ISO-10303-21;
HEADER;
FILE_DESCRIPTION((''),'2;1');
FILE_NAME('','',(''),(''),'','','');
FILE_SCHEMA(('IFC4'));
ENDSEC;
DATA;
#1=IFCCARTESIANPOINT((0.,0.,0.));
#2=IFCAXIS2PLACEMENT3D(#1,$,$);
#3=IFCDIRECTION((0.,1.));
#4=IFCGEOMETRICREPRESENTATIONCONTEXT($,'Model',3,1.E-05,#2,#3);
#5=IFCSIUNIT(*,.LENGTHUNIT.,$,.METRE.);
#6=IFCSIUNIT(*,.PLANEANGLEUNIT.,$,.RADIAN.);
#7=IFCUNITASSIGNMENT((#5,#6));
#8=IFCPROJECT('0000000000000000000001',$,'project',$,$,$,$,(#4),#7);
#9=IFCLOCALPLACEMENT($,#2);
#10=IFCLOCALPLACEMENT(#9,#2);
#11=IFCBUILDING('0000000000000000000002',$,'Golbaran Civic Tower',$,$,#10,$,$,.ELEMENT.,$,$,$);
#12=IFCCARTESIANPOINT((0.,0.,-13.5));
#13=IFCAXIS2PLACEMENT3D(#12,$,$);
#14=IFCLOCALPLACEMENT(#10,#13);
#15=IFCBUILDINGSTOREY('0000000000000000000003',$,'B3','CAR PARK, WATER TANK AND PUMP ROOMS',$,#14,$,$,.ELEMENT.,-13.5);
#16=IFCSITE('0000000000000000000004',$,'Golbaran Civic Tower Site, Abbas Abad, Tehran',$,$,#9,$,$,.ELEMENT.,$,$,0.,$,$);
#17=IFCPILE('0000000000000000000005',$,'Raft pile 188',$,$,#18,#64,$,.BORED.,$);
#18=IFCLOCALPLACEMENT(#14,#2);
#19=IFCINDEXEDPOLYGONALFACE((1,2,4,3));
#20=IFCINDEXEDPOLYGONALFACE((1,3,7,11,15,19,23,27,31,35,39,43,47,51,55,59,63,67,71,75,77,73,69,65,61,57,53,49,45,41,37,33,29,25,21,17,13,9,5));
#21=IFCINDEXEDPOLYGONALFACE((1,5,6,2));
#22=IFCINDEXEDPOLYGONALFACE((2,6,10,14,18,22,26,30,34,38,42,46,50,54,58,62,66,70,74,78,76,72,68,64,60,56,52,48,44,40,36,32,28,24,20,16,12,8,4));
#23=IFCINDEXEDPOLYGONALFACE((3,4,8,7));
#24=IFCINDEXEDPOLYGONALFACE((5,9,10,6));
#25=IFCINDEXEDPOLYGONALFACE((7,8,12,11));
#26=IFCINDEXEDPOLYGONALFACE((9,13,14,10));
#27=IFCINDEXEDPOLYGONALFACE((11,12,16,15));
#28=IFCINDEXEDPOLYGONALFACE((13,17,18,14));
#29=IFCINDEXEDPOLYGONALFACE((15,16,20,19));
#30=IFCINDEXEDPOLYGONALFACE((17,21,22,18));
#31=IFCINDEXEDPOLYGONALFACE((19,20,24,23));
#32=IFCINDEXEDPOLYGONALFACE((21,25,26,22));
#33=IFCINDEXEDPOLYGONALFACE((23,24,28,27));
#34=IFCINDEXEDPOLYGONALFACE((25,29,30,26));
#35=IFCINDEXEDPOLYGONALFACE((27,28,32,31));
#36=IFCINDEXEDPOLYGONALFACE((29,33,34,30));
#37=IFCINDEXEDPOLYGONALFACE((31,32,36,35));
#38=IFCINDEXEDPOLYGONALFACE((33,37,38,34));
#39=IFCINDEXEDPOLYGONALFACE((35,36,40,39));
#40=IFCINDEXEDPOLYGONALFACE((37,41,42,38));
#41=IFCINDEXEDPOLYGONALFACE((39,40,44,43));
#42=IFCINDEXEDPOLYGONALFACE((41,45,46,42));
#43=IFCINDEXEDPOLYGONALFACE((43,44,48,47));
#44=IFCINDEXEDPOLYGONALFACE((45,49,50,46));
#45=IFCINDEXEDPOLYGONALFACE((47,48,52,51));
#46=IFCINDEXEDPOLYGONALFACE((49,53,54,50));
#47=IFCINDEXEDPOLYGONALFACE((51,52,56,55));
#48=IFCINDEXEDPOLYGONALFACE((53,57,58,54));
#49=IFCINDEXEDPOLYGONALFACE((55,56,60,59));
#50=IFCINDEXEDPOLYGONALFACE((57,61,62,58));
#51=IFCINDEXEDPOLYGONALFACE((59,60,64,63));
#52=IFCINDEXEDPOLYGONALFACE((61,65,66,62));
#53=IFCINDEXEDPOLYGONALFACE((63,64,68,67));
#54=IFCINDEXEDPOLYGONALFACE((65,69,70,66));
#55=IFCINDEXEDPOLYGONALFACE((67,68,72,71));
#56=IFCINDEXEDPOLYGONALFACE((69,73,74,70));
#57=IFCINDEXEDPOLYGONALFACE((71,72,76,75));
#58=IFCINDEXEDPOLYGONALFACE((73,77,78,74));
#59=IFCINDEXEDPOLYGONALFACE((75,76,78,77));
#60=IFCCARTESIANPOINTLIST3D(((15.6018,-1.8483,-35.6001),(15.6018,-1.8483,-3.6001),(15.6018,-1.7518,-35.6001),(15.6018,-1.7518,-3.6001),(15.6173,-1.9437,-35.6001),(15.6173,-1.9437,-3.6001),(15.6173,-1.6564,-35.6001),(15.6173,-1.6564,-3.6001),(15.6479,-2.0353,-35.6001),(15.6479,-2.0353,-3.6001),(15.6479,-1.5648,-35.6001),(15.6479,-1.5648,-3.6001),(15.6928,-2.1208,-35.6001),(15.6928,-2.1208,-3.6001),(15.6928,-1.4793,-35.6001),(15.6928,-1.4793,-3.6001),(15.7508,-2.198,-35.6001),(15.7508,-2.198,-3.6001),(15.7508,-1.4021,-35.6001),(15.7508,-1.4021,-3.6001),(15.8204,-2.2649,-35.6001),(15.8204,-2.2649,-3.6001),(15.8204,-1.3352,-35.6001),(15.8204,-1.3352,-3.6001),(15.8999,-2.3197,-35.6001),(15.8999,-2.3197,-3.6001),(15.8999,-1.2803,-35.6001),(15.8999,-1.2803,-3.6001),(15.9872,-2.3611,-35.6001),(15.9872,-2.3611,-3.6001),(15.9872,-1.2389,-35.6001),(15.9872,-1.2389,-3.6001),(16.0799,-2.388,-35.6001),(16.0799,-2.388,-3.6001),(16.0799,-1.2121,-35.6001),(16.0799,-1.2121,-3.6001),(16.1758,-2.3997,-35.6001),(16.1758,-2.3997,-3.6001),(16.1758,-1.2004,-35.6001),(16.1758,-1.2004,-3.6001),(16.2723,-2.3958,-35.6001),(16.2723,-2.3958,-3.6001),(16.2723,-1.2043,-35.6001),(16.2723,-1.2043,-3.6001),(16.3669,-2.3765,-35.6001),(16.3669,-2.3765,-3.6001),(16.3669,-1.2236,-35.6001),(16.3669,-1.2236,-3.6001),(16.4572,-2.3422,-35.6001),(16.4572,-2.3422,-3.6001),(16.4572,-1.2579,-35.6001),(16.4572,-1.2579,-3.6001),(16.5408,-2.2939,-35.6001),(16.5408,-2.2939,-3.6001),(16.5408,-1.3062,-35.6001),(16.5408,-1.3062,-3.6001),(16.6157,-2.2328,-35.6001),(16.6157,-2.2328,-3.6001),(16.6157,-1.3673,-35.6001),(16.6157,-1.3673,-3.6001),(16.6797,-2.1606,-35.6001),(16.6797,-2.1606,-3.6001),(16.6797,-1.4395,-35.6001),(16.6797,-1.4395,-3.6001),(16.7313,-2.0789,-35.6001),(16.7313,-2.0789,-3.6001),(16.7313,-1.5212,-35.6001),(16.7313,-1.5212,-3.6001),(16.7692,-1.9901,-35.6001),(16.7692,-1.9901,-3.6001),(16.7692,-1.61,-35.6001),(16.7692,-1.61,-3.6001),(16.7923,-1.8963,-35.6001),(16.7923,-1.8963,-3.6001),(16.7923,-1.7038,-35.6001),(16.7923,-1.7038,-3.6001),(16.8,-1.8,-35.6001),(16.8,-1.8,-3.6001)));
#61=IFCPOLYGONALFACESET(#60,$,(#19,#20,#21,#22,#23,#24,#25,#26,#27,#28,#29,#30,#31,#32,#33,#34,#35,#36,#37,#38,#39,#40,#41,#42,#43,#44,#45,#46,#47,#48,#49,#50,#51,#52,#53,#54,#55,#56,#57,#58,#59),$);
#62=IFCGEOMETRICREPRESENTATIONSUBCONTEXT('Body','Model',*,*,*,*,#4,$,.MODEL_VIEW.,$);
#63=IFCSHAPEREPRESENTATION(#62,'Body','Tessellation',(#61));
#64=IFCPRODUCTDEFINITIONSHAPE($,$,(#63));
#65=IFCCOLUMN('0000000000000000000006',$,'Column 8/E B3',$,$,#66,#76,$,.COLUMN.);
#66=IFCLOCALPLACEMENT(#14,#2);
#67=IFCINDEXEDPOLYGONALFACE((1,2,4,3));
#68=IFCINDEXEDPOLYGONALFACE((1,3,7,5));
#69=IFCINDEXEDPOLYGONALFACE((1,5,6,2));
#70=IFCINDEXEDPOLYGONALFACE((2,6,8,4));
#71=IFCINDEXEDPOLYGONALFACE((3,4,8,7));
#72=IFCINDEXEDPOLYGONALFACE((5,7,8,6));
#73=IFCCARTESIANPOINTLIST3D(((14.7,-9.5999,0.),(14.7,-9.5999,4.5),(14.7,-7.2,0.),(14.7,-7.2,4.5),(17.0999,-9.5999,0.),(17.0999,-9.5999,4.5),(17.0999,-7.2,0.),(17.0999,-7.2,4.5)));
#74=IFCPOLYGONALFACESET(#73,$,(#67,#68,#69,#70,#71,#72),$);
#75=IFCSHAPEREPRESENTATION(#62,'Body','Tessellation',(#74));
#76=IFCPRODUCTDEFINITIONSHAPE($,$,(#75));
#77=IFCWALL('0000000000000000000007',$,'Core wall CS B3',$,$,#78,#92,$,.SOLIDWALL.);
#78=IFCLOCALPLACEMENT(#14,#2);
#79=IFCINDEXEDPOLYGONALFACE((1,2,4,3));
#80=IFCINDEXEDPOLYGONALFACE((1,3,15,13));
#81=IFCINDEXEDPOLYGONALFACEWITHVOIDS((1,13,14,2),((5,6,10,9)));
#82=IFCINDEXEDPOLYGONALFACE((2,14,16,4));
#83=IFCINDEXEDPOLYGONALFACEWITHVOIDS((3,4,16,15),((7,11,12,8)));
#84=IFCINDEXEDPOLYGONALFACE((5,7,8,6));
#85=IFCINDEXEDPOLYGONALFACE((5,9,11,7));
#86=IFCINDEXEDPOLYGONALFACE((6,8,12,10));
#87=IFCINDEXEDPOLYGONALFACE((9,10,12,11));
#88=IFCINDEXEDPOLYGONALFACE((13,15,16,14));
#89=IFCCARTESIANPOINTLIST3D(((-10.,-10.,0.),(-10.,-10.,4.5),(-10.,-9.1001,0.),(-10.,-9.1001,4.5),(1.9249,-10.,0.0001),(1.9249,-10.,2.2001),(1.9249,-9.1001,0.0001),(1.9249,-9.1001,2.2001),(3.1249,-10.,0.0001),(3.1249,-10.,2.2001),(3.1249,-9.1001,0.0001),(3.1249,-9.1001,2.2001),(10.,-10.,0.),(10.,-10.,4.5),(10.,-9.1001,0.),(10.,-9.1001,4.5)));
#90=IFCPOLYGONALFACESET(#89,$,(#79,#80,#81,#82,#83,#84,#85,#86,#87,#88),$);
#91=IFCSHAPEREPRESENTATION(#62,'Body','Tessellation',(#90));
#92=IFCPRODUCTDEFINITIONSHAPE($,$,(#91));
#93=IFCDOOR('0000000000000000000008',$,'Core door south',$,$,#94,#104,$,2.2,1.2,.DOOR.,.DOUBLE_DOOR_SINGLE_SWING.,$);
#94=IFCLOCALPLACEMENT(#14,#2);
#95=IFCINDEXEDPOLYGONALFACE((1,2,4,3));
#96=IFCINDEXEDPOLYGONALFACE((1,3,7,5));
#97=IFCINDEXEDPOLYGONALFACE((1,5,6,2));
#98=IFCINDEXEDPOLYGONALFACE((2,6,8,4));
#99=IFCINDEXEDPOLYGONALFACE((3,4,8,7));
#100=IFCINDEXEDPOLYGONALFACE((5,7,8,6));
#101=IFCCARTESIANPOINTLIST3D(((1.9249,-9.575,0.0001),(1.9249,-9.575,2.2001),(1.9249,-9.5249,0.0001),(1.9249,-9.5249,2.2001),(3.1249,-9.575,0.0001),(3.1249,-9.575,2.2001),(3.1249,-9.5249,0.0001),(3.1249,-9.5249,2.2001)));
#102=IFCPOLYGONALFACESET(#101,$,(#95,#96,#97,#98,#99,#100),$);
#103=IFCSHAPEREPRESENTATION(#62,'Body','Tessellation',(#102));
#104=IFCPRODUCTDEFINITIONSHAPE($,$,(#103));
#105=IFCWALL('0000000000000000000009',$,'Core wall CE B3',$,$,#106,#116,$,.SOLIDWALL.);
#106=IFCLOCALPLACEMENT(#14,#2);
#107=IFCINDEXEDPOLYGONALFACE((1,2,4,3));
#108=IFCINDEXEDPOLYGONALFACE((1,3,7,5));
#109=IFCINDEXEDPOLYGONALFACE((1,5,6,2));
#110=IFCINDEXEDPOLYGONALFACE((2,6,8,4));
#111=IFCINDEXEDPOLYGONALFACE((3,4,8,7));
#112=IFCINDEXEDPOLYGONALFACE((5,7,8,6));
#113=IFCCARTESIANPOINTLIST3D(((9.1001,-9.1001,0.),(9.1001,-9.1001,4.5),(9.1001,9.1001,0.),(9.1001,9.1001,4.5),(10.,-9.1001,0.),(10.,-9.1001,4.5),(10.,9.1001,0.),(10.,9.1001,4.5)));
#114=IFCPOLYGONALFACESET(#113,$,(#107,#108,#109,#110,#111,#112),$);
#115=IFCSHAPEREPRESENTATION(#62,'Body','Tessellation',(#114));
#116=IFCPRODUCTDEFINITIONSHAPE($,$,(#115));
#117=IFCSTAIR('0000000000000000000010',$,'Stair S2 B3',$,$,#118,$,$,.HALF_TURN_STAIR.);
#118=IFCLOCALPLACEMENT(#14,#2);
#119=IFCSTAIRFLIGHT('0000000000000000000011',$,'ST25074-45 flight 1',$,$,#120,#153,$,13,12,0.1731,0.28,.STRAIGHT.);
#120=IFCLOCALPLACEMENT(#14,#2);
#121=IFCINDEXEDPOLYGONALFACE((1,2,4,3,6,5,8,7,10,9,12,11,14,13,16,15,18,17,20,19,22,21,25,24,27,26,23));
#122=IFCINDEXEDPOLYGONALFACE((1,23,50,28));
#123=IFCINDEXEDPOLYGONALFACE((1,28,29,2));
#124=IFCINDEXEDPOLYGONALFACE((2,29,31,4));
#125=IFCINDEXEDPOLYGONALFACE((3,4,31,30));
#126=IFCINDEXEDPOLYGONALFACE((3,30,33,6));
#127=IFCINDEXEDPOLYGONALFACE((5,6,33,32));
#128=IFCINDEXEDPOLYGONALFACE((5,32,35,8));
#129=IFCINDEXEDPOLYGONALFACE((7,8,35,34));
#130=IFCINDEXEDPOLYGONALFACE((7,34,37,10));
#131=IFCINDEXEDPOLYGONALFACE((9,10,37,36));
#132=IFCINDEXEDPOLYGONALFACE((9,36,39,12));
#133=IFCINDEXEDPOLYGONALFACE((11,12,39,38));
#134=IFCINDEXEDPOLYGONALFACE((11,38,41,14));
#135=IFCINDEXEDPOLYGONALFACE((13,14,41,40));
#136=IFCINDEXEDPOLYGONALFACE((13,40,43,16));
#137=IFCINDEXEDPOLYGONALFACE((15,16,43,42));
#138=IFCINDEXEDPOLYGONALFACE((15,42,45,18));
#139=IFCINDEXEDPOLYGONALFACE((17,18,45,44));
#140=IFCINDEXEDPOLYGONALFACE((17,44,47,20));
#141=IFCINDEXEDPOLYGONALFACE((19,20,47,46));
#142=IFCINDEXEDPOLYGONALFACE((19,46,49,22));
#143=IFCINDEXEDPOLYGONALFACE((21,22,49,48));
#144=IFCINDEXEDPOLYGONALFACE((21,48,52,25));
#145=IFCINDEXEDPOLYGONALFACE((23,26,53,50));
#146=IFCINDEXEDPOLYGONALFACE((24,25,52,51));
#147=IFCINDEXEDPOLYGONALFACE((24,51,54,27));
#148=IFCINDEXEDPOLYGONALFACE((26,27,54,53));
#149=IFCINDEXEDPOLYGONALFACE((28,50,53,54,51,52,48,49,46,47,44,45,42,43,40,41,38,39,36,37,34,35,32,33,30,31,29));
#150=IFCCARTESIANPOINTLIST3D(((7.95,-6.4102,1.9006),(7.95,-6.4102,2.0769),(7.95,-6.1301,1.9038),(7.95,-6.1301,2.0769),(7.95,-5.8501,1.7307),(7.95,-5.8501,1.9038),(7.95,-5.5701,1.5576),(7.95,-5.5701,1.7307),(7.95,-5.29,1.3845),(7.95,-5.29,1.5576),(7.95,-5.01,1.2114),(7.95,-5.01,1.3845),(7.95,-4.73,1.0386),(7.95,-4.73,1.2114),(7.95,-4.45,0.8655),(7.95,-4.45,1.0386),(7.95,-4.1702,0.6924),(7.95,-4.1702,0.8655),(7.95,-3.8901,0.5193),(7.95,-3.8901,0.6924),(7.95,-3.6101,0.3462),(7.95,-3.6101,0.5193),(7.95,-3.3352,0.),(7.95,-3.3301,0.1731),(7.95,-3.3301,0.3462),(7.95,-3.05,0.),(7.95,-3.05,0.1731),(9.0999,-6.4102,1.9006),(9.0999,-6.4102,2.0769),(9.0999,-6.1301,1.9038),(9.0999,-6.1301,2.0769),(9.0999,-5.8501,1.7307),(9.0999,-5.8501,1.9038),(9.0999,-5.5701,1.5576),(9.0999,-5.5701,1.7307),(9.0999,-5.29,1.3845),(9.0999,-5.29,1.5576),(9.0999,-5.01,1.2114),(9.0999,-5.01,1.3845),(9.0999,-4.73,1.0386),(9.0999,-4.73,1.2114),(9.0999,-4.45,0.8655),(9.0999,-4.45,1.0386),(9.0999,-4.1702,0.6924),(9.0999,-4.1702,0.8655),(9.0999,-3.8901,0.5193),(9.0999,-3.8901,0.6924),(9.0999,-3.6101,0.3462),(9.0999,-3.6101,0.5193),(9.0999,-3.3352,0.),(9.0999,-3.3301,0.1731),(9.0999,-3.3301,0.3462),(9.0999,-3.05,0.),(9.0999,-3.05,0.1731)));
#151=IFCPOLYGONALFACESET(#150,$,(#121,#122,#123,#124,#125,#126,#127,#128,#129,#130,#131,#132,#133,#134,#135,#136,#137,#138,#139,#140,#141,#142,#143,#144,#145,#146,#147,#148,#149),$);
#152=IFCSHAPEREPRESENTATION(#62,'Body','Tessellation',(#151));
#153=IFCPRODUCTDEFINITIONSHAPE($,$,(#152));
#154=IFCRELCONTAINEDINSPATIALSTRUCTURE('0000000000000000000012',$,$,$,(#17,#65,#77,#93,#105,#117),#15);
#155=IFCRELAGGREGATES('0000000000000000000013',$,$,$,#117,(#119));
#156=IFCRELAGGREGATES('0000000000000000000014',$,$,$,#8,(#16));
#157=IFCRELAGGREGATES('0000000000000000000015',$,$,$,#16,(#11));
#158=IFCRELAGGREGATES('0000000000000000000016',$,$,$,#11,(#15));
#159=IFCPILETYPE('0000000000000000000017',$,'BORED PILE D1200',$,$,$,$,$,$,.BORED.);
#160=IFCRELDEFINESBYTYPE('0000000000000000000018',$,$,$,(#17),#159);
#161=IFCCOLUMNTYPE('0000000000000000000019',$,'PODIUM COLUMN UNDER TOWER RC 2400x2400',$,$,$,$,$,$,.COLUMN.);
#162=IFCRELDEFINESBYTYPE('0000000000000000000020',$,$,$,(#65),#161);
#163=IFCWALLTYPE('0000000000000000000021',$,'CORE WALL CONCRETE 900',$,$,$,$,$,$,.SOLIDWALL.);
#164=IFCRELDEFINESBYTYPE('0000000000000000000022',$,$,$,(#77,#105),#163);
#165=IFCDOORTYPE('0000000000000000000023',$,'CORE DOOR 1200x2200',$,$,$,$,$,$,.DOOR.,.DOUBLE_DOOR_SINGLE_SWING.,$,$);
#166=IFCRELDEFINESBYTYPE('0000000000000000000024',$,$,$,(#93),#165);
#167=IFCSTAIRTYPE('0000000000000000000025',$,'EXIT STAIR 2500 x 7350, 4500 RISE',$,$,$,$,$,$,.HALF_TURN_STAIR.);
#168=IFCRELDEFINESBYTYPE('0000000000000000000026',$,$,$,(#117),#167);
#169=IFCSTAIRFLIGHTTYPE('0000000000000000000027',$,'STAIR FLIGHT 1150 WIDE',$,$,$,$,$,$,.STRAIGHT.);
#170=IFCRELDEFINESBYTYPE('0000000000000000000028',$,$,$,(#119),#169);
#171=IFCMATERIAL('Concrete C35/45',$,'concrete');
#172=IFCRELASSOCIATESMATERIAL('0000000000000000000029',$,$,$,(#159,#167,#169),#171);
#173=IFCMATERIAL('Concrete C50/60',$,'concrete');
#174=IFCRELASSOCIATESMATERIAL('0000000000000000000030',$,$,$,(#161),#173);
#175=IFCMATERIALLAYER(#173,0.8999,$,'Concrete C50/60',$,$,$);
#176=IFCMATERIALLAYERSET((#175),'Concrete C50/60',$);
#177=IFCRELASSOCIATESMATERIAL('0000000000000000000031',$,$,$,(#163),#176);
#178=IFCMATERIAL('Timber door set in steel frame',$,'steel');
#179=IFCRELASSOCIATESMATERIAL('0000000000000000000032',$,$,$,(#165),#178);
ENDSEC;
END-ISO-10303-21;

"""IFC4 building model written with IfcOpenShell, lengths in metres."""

from ifc_helpers import new_model, si_unit, direction, frame, frame_2d, origin, origin_2d, place, context, subcontext, project, spatial, polyline, rectangle, circle, outline, extrude, material, layer, layer_set, material_profile, profile_set, type_object, element, fill, aggregate, save


model = new_model("IFC4")

# Units and contexts
model_context = context("Model", 3, precision=1e-05, world=origin(), true_north=direction((0.0, 1.0)))
body_context = subcontext(model_context, "Body", "Model", "MODEL_VIEW")
ifc_project = project(units=[si_unit("LENGTHUNIT", "METRE"), si_unit("PLANEANGLEUNIT", "RADIAN")], contexts=[model_context])

# Site, building, storey
site_placement = place(None, origin())
site = spatial("IfcSite", under=ifc_project, at=site_placement, Name="Golbaran Civic Tower Site, Abbas Abad, Tehran", CompositionType="ELEMENT", RefElevation=0.0)
building_placement = place(site_placement, origin())
building = spatial("IfcBuilding", under=site, at=building_placement, Name="Golbaran Civic Tower", CompositionType="ELEMENT")
storey_placement = place(building_placement, frame((0.0, 0.0, -13.5)))
storey = spatial("IfcBuildingStorey", under=building, at=storey_placement, Name="B3", Description="CAR PARK, WATER TANK AND PUMP ROOMS", CompositionType="ELEMENT", Elevation=-13.5)

# Pile
ifc_material_1 = material(Name="Concrete C35/45", Category="concrete")
ifc_material_profile_1 = material_profile(ifc_material_1, circle(Radius=0.6001, at=origin_2d()), Name="BORED PILE D1200")
ifc_profile_set_1 = profile_set([ifc_material_profile_1], Name="Concrete C35/45")
pile_type = type_object("IfcPileType", Name="BORED PILE D1200", PredefinedType="BORED", material=ifc_profile_set_1)
for number, where, z_axis, x_axis, name in (
    (1, (16.2, -1.8, -3.6001), (0.0, 0.0, -1.0), (1.0, 0.0, 0.0), "Raft pile 188"),
):
    element("IfcPile", number, at=place(storey_placement, frame(where, z_axis=z_axis, x_axis=x_axis)), inside=storey, type_object=pile_type, Name=name, PredefinedType="BORED", context=body_context, shape_type="SweptSolid", body=[
        extrude(circle(Radius=0.6001, at=origin_2d()), origin(), (0.0, 0.0, 1.0), 32.0),
    ])

# Column
ifc_material_2 = material(Name="Concrete C50/60", Category="concrete")
ifc_material_profile_2 = material_profile(ifc_material_2, rectangle(XDim=2.3999, YDim=2.3999, at=origin_2d()), Name="RC 2400x2400")
ifc_profile_set_2 = profile_set([ifc_material_profile_2], Name="Concrete C50/60")
column_type = type_object("IfcColumnType", Name="PODIUM COLUMN UNDER TOWER RC 2400x2400", PredefinedType="COLUMN", material=ifc_profile_set_2)
column_placement = place(storey_placement, frame((15.8999, -8.3999, 0.0), z_axis=(0.0, 0.0, 1.0), x_axis=(1.0, 0.0, 0.0)))
element("IfcColumn", 2, at=column_placement, inside=storey, type_object=column_type, Name="Column 8/E B3", PredefinedType="COLUMN", context=body_context, shape_type="SweptSolid", body=[
    extrude(rectangle(XDim=2.3999, YDim=2.3999, at=origin_2d()), origin(), (0.0, 0.0, 1.0), 4.5),
])

# Wall, opening, door
ifc_layer = layer(ifc_material_2, 0.8999, Name="Concrete C50/60")
ifc_layer_set = layer_set([ifc_layer], Name="Concrete C50/60")
wall_type = type_object("IfcWallType", Name="CORE WALL CONCRETE 900", PredefinedType="SOLIDWALL", material=ifc_layer_set)
wall_1_placement = place(storey_placement, frame((10.0, -9.55, 0.0), z_axis=(0.0, 0.0, 1.0), x_axis=(-1.0, 0.0, 0.0)))
wall_1 = element("IfcWall", 3, at=wall_1_placement, inside=storey, type_object=wall_type, Name="Core wall CS B3", PredefinedType="SOLIDWALL", context=body_context, shape_type="SweptSolid", body=[
    extrude(rectangle(XDim=20.0, YDim=0.8999, at=frame_2d((10.0, 0.0))), origin(), (0.0, 0.0, 1.0), 4.5),
])
opening_placement = place(wall_1_placement, frame((6.875, 0.0, 0.0)))
opening = element("IfcOpeningElement", 4, at=opening_placement, cuts=wall_1, PredefinedType="OPENING", context=body_context, shape_type="SweptSolid", body=[
    extrude(rectangle(XDim=1.2, YDim=2.2, at=frame_2d((0.6001, 1.1001))), frame((0.0, 0.46, 0.0), z_axis=(0.0, -1.0, 0.0), x_axis=(1.0, 0.0, 0.0)), (0.0, 0.0, 1.0), 0.9199),
])
ifc_material_3 = material(Name="Timber door set in steel frame", Category="steel")
door_type = type_object("IfcDoorType", Name="CORE DOOR 1200x2200", OperationType="DOUBLE_DOOR_SINGLE_SWING", PredefinedType="DOOR", material=ifc_material_3)
door_placement = place(opening_placement, origin())
door = element("IfcDoor", 5, at=door_placement, inside=storey, type_object=door_type, Name="Core door south", OperationType="DOUBLE_DOOR_SINGLE_SWING", OverallHeight=2.2, OverallWidth=1.2, PredefinedType="DOOR", context=body_context, shape_type="SweptSolid", body=[
    extrude(rectangle(XDim=1.2, YDim=2.2, at=frame_2d((0.6001, 1.1001))), frame((0.0, 0.0249, 0.0), z_axis=(0.0, -1.0, 0.0), x_axis=(1.0, 0.0, 0.0)), (0.0, 0.0, 1.0), 0.05),
])
fill(opening, door)

# Wall
wall_2_placement = place(storey_placement, frame((9.55, -9.1001, 0.0), z_axis=(0.0, 0.0, 1.0), x_axis=(0.0, 1.0, 0.0)))
element("IfcWall", 6, at=wall_2_placement, inside=storey, type_object=wall_type, Name="Core wall CE B3", PredefinedType="SOLIDWALL", context=body_context, shape_type="SweptSolid", body=[
    extrude(rectangle(XDim=18.2002, YDim=0.8999, at=frame_2d((9.1001, 0.0))), origin(), (0.0, 0.0, 1.0), 4.5),
])

# Stair, stair flight
stair_type = type_object("IfcStairType", Name="EXIT STAIR 2500 x 7350, 4500 RISE", PredefinedType="HALF_TURN_STAIR", material=ifc_material_1)
stair_placement = place(storey_placement, origin())
stair = element("IfcStair", 7, at=stair_placement, inside=storey, type_object=stair_type, Name="Stair S2 B3", PredefinedType="HALF_TURN_STAIR")
stair_flight_type = type_object("IfcStairFlightType", Name="STAIR FLIGHT 1150 WIDE", PredefinedType="STRAIGHT", material=ifc_material_1)
stair_flight_placement = place(storey_placement, frame((8.5249, -3.05, 0.0), z_axis=(0.0, 0.0, 1.0), x_axis=(0.0, -1.0, 0.0)))
stair_flight = element("IfcStairFlight", 8, at=stair_flight_placement, type_object=stair_flight_type, Name="ST25074-45 flight 1", NumberOfRisers=13, NumberOfTreads=12, PredefinedType="STRAIGHT", RiserHeight=0.1731, TreadLength=0.28, context=body_context, shape_type="SweptSolid", body=[
    extrude(outline(polyline([(0.0, 0.0), (0.0, 0.1731), (0.28, 0.1731), (0.28, 0.3462), (0.5601, 0.3462), (0.5601, 0.5193), (0.8401, 0.5193), (0.8401, 0.6924), (1.1201, 0.6924), (1.1201, 0.8655), (1.3999, 0.8655), (1.3999, 1.0386), (1.6799, 1.0386), (1.6799, 1.2114), (1.96, 1.2114), (1.96, 1.3845), (2.24, 1.3845), (2.24, 1.5576), (2.52, 1.5576), (2.52, 1.7307), (2.8, 1.7307), (2.8, 1.9038), (3.0801, 1.9038), (3.0801, 2.0769), (3.3601, 2.0769), (3.3601, 2.25), (3.3601, 1.9006), (0.2852, 0.0), (0.0, 0.0)])), frame((0.0, 0.575, 0.0), z_axis=(0.0, -1.0, 0.0), x_axis=(1.0, 0.0, 0.0)), (0.0, 0.0, 1.0), 1.1499),
])
aggregate(stair, [stair_flight])

save(model, "model.ifc")
